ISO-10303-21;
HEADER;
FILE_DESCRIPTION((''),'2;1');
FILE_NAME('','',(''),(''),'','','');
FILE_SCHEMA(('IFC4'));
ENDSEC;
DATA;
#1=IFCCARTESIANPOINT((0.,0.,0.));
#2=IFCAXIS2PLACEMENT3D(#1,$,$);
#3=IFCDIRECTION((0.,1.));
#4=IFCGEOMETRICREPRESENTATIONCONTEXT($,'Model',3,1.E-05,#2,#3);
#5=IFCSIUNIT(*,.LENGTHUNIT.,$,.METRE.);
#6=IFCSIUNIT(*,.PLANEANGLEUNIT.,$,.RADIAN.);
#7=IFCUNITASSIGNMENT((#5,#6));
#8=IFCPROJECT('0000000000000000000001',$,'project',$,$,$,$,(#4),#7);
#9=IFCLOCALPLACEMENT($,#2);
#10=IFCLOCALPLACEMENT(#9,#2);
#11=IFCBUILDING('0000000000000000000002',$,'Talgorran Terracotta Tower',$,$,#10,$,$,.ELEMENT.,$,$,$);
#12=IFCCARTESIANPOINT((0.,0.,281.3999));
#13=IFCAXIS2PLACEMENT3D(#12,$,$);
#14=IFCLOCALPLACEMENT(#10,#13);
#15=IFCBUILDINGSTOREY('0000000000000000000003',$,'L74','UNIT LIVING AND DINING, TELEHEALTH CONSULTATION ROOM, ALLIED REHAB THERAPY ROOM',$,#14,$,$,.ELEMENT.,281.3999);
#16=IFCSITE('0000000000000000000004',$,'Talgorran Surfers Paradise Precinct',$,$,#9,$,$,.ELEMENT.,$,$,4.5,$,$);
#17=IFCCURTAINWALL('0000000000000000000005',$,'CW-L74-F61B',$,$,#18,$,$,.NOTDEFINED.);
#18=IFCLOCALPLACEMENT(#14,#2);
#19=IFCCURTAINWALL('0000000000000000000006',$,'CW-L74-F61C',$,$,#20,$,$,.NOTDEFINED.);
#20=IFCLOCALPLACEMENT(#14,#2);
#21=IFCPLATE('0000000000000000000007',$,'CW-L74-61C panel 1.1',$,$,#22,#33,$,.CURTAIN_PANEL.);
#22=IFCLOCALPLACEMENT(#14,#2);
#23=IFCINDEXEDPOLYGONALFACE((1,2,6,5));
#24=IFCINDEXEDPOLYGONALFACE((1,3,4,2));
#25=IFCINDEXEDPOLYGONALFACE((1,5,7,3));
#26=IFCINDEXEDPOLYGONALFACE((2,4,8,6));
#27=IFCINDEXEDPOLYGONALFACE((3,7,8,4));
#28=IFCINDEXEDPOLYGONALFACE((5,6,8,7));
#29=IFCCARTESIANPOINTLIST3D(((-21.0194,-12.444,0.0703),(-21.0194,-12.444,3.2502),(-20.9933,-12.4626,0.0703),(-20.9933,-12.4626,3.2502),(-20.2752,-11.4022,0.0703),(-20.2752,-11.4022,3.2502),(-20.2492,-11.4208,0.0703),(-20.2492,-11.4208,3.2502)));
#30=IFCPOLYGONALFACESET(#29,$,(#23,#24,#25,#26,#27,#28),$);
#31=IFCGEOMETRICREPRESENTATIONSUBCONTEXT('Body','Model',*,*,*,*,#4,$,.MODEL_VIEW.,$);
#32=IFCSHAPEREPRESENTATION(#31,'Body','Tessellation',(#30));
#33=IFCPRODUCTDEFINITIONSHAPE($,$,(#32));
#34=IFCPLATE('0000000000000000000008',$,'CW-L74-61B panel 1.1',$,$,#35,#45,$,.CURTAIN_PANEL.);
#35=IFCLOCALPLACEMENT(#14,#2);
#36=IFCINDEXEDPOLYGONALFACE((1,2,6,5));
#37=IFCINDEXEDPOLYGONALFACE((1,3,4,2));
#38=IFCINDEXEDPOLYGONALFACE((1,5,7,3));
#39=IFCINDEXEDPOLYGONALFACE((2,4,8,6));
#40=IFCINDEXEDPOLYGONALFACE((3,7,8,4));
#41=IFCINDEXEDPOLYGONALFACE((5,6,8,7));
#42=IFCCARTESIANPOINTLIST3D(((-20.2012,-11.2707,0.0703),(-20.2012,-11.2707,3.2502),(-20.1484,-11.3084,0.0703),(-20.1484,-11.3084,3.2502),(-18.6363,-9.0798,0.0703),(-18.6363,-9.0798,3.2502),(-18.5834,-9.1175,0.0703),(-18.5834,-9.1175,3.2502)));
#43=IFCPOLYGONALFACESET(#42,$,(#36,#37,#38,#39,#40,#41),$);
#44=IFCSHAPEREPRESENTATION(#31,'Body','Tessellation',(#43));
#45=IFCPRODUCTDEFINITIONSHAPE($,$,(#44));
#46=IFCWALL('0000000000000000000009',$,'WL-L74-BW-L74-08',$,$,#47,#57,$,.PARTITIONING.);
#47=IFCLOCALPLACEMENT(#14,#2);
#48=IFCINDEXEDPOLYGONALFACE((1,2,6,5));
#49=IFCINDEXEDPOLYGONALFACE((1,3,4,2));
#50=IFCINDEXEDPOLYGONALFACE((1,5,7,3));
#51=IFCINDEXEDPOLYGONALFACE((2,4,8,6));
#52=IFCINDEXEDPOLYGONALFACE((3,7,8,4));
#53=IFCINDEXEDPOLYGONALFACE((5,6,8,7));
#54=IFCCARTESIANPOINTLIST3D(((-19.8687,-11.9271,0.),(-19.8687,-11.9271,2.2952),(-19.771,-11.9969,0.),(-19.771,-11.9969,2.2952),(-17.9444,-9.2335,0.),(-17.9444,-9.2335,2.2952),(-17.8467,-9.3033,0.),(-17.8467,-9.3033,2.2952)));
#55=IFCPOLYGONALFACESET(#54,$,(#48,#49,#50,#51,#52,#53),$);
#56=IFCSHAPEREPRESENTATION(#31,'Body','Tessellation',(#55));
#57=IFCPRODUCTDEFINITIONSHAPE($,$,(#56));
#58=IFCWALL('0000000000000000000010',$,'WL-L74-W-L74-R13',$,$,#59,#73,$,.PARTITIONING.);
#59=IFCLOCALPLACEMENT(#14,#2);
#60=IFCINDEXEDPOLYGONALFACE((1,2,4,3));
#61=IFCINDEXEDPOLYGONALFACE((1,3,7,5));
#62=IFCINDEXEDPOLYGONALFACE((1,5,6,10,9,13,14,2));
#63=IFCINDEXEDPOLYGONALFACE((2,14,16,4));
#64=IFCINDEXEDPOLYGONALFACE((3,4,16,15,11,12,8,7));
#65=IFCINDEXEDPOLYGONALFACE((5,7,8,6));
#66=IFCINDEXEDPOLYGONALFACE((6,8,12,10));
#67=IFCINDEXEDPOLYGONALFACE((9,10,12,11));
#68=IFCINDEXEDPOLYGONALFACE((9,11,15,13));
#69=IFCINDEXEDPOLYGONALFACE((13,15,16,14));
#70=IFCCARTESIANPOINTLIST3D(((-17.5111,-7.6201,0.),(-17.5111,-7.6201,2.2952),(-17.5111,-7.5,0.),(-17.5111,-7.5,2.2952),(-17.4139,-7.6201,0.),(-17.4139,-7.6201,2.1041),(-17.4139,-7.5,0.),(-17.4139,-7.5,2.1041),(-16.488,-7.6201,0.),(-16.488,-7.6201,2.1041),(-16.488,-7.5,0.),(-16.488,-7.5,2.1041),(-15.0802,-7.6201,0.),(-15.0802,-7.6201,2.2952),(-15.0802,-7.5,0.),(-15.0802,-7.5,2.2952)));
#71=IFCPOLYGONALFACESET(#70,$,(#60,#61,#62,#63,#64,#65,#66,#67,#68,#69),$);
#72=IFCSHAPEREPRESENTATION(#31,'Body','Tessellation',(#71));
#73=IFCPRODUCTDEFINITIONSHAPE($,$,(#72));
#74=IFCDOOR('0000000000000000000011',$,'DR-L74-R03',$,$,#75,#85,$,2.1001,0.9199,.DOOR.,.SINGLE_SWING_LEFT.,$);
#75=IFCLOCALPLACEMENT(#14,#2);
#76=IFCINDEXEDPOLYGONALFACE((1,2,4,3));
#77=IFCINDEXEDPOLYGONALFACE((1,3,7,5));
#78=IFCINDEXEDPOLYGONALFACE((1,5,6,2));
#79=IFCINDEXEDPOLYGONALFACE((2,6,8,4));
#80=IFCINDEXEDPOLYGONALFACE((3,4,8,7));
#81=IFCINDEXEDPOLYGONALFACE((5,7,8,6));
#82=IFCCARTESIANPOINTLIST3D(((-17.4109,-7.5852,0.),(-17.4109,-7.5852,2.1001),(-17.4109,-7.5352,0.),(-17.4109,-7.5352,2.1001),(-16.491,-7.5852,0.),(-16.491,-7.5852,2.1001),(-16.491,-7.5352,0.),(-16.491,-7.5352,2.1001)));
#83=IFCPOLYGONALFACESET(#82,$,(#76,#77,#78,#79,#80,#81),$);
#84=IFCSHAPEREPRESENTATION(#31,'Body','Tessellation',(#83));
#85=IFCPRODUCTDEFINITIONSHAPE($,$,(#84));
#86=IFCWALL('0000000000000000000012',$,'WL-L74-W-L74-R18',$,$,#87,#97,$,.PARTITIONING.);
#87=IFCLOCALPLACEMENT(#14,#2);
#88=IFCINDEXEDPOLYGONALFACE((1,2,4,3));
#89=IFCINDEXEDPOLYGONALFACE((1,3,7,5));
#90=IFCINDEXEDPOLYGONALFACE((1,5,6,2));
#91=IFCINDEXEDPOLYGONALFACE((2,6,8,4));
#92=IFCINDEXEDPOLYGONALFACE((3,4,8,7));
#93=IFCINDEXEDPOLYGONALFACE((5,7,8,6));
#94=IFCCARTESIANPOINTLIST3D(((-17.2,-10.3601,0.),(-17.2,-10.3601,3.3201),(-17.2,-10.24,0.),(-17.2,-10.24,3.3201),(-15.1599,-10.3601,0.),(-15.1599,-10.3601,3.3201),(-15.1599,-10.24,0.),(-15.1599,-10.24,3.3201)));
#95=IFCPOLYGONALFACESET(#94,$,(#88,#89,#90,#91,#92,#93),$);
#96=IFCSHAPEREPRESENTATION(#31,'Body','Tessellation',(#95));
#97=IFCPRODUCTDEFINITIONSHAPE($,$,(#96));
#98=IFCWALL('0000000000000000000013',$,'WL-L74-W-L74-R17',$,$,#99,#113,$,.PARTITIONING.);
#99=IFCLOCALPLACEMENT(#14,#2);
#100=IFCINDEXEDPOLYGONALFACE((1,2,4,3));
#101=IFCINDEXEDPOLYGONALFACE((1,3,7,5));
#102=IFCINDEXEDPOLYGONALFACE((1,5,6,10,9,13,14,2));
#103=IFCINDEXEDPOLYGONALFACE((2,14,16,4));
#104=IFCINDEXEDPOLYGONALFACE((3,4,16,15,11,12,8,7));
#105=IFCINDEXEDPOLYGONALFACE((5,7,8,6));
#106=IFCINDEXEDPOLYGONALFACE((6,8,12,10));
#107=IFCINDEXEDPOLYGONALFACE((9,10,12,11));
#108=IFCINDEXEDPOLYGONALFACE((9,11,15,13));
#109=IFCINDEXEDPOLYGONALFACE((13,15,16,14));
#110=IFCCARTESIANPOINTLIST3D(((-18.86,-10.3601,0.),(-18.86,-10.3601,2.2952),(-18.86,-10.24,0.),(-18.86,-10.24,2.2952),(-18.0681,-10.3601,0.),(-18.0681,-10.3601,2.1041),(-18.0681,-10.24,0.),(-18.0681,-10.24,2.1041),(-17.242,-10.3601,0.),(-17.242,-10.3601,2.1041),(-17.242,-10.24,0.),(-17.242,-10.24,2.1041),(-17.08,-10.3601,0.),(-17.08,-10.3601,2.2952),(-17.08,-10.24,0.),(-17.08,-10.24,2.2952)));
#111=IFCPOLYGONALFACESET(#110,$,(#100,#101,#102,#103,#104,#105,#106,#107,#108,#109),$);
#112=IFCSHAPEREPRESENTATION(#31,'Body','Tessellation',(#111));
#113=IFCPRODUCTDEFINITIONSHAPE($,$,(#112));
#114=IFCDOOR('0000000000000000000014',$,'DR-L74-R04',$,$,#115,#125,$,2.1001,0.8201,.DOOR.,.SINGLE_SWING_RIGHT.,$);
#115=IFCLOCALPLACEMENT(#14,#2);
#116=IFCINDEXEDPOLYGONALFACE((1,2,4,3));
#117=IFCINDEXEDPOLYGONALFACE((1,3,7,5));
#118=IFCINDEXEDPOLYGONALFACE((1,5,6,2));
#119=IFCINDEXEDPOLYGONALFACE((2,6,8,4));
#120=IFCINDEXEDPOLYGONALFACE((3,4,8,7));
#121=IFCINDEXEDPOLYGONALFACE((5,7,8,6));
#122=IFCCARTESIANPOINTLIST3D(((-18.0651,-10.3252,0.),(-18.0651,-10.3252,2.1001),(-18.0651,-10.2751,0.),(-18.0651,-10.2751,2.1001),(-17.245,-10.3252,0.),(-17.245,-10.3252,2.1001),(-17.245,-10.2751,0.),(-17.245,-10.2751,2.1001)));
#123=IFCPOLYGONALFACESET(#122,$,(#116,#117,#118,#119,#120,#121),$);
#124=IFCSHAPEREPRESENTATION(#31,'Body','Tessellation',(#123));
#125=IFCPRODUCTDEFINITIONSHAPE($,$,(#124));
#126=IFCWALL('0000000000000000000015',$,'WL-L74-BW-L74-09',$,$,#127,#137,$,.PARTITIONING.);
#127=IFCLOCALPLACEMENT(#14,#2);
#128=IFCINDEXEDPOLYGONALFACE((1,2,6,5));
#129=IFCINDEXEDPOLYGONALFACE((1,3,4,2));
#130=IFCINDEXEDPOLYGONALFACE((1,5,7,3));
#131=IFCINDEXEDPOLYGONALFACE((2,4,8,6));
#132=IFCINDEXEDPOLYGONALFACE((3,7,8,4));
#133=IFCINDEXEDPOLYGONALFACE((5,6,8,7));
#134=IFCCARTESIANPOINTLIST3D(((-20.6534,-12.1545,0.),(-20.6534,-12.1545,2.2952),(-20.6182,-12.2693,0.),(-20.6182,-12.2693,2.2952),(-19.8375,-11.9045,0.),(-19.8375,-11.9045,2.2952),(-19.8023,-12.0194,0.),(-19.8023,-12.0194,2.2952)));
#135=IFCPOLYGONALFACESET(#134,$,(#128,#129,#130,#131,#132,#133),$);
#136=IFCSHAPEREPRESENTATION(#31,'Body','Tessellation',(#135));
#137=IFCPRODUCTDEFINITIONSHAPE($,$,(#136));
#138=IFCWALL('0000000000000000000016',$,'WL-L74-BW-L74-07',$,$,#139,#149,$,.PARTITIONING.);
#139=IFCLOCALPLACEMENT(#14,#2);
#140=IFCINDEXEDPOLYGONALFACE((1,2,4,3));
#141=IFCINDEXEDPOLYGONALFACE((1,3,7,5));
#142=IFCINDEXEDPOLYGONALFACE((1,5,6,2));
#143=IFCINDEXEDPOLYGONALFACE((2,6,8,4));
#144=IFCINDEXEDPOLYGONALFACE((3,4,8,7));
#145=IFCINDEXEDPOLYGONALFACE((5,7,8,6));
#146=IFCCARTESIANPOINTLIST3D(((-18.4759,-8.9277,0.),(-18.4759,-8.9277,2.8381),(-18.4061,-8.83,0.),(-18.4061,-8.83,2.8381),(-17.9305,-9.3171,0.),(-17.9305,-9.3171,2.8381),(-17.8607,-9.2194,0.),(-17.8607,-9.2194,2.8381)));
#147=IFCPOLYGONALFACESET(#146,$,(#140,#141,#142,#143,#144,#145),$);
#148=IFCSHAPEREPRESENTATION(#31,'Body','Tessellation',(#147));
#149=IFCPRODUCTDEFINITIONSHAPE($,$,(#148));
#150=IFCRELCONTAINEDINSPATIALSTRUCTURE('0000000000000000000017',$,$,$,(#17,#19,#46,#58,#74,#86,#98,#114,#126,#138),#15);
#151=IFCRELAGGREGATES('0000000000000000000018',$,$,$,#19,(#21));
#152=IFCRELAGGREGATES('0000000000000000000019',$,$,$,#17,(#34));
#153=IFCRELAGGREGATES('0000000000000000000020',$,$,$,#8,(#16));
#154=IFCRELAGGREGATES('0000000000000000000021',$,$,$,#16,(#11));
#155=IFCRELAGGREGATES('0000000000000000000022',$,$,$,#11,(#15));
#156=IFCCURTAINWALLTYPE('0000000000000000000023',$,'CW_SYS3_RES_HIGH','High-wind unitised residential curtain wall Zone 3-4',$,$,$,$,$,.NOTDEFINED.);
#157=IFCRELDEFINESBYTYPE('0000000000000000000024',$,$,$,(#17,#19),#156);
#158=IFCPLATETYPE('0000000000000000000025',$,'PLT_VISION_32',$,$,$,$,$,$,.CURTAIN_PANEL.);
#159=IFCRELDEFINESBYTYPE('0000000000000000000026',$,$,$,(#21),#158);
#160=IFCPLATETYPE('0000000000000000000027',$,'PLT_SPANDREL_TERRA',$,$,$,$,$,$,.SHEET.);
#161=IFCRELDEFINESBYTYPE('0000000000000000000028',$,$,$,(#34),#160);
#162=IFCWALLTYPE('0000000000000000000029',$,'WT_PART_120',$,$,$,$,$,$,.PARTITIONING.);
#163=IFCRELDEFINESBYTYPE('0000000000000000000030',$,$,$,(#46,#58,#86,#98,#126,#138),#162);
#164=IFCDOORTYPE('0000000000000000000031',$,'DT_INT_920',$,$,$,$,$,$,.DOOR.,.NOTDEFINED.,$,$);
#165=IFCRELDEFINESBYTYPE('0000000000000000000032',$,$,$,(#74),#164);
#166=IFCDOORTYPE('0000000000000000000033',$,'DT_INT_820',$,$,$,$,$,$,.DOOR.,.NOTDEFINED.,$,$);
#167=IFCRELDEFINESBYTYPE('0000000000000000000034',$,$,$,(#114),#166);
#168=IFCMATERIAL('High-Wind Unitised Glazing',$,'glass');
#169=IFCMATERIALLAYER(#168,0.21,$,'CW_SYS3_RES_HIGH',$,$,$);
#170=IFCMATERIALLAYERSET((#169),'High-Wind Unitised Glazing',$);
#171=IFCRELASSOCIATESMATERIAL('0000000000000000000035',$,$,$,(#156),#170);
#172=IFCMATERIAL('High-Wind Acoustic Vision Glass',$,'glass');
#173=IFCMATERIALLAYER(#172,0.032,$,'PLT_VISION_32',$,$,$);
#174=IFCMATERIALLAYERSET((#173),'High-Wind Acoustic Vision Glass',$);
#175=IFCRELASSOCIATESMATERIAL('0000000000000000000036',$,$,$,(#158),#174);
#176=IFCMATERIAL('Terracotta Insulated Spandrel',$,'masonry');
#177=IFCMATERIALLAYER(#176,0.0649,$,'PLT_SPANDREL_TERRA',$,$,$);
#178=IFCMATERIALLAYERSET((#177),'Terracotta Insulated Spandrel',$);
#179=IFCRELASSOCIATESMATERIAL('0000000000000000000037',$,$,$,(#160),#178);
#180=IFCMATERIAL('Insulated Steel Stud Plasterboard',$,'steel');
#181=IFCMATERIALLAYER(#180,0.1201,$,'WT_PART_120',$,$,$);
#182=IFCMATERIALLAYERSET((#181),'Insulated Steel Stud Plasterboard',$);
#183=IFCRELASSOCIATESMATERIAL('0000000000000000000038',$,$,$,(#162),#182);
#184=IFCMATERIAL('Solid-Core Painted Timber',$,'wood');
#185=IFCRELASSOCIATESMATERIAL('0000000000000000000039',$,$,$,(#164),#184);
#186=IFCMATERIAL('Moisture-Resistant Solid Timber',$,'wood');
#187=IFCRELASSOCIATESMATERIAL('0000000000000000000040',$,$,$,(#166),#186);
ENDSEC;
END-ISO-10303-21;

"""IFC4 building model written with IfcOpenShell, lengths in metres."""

from ifc_helpers import new_model, si_unit, direction, frame, frame_2d, origin, origin_2d, place, context, subcontext, project, spatial, rectangle, extrude, source, transform, mapped, material, layer, layer_set, type_object, type_shapes, element, fill, aggregate, save


model = new_model("IFC4")

# Units and contexts
model_context = context("Model", 3, precision=1e-05, world=origin(), true_north=direction((0.0, 1.0)))
body_context = subcontext(model_context, "Body", "Model", "MODEL_VIEW")
ifc_project = project(units=[si_unit("LENGTHUNIT", "METRE"), si_unit("PLANEANGLEUNIT", "RADIAN")], contexts=[model_context])

# Site, building, storey
site_placement = place(None, origin())
site = spatial("IfcSite", under=ifc_project, at=site_placement, Name="Talgorran Surfers Paradise Precinct", CompositionType="ELEMENT", RefElevation=4.5)
building_placement = place(site_placement, origin())
building = spatial("IfcBuilding", under=site, at=building_placement, Name="Talgorran Terracotta Tower", CompositionType="ELEMENT")
storey_placement = place(building_placement, frame((0.0, 0.0, 281.3999)))
storey = spatial("IfcBuildingStorey", under=building, at=storey_placement, Name="L74", Description="UNIT LIVING AND DINING, TELEHEALTH CONSULTATION ROOM, ALLIED REHAB THERAPY ROOM", CompositionType="ELEMENT", Elevation=281.3999)

# Shared definitions
ifc_material_1 = material(Name="High-Wind Unitised Glazing", Category="glass")
ifc_layer_1 = layer(ifc_material_1, 0.21, Name="CW_SYS3_RES_HIGH")
ifc_layer_set_1 = layer_set([ifc_layer_1], Name="High-Wind Unitised Glazing")
curtain_wall_type = type_object("IfcCurtainWallType", Name="CW_SYS3_RES_HIGH", Description="High-wind unitised residential curtain wall Zone 3-4", PredefinedType="NOTDEFINED", material=ifc_layer_set_1)

# Curtain walls
curtain_wall_1_placement = place(storey_placement, origin())
curtain_wall_1 = element("IfcCurtainWall", 1, at=curtain_wall_1_placement, inside=storey, type_object=curtain_wall_type, Name="CW-L74-F61B", PredefinedType="NOTDEFINED")
curtain_wall_2_placement = place(storey_placement, origin())
curtain_wall_2 = element("IfcCurtainWall", 2, at=curtain_wall_2_placement, inside=storey, type_object=curtain_wall_type, Name="CW-L74-F61C", PredefinedType="NOTDEFINED")

# Plates
ifc_material_2 = material(Name="High-Wind Acoustic Vision Glass", Category="glass")
ifc_layer_2 = layer(ifc_material_2, 0.032, Name="PLT_VISION_32")
ifc_layer_set_2 = layer_set([ifc_layer_2], Name="High-Wind Acoustic Vision Glass")
plate_type_1 = type_object("IfcPlateType", Name="PLT_VISION_32", PredefinedType="CURTAIN_PANEL", material=ifc_layer_set_2)
shared_shape_1 = source(origin(), body_context, "Body", "SweptSolid", [
    extrude(rectangle(XDim=1.2803, YDim=0.032, at=origin_2d()), origin(), (0.0, 0.0, 1.0), 3.1799),
])
type_shapes(plate_type_1, [shared_shape_1])
plate_1_placement = place(storey_placement, frame((-20.6343, -11.9324, 0.0703), z_axis=(0.0, 0.0, 1.0), x_axis=(-0.581252, -0.813724, 0.0)))
plate_1 = element("IfcPlate", 3, at=plate_1_placement, type_object=plate_type_1, Name="CW-L74-61C panel 1.1", PredefinedType="CURTAIN_PANEL", context=body_context, shape_type="MappedRepresentation", body=[
    mapped(shared_shape_1, transform((0.0, 0.0, 0.0), scale=1.0)),
])
aggregate(curtain_wall_2, [plate_1])
ifc_material_3 = material(Name="Terracotta Insulated Spandrel", Category="masonry")
ifc_layer_3 = layer(ifc_material_3, 0.0649, Name="PLT_SPANDREL_TERRA")
ifc_layer_set_3 = layer_set([ifc_layer_3], Name="Terracotta Insulated Spandrel")
plate_type_2 = type_object("IfcPlateType", Name="PLT_SPANDREL_TERRA", PredefinedType="SHEET", material=ifc_layer_set_3)
shared_shape_2 = source(origin(), body_context, "Body", "SweptSolid", [
    extrude(rectangle(XDim=2.6924, YDim=0.0649, at=origin_2d()), origin(), (0.0, 0.0, 1.0), 3.1799),
])
type_shapes(plate_type_2, [shared_shape_2])
plate_2_placement = place(storey_placement, frame((-19.3923, -10.1941, 0.0703), z_axis=(0.0, 0.0, 1.0), x_axis=(-0.581242, -0.813731, 0.0)))
plate_2 = element("IfcPlate", 4, at=plate_2_placement, type_object=plate_type_2, Name="CW-L74-61B panel 1.1", PredefinedType="CURTAIN_PANEL", context=body_context, shape_type="MappedRepresentation", body=[
    mapped(shared_shape_2, transform((0.0, 0.0, 0.0), scale=1.0)),
])
aggregate(curtain_wall_1, [plate_2])

# Wall
ifc_material_4 = material(Name="Insulated Steel Stud Plasterboard", Category="steel")
ifc_layer_4 = layer(ifc_material_4, 0.1201, Name="WT_PART_120")
ifc_layer_set_4 = layer_set([ifc_layer_4], Name="Insulated Steel Stud Plasterboard")
wall_type = type_object("IfcWallType", Name="WT_PART_120", PredefinedType="PARTITIONING", material=ifc_layer_set_4)
wall_1_placement = place(storey_placement, frame((-17.8955, -9.2683, 0.0), z_axis=(0.0, 0.0, 1.0), x_axis=(-0.581301, -0.813689, 0.0)))
element("IfcWall", 5, at=wall_1_placement, inside=storey, type_object=wall_type, Name="WL-L74-BW-L74-08", PredefinedType="PARTITIONING", context=body_context, shape_type="SweptSolid", body=[
    extrude(rectangle(XDim=3.3103, YDim=0.1201, at=frame_2d((1.6553, 0.0))), origin(), (0.0, 0.0, 1.0), 2.2952),
])

# Wall, opening, door
wall_2_placement = place(storey_placement, frame((-17.511, -7.5601, 0.0), z_axis=(0.0, 0.0, 1.0), x_axis=(1.0, 0.0, 0.0)))
wall_2 = element("IfcWall", 6, at=wall_2_placement, inside=storey, type_object=wall_type, Name="WL-L74-W-L74-R13", PredefinedType="PARTITIONING", context=body_context, shape_type="SweptSolid", body=[
    extrude(rectangle(XDim=2.4309, YDim=0.1201, at=frame_2d((1.2153, 0.0))), origin(), (0.0, 0.0, 1.0), 2.2952),
])
opening_1_placement = place(wall_2_placement, frame((0.1001, 0.0, 0.0)))
opening_1 = element("IfcOpeningElement", 7, at=opening_1_placement, cuts=wall_2, PredefinedType="OPENING", context=body_context, shape_type="SweptSolid", body=[
    extrude(rectangle(XDim=0.9259, YDim=2.1041, at=frame_2d((0.46, 1.052))), frame((0.0, 0.0701, 0.0), z_axis=(0.0, -1.0, 0.0), x_axis=(1.0, 0.0, 0.0)), (0.0, 0.0, 1.0), 0.1401),
])
ifc_material_5 = material(Name="Solid-Core Painted Timber", Category="wood")
door_type_1 = type_object("IfcDoorType", Name="DT_INT_920", OperationType="NOTDEFINED", PredefinedType="DOOR", material=ifc_material_5)
door_1_placement = place(opening_1_placement, origin())
door_1 = element("IfcDoor", 8, at=door_1_placement, inside=storey, type_object=door_type_1, Name="DR-L74-R03", OperationType="SINGLE_SWING_LEFT", OverallHeight=2.1001, OverallWidth=0.9199, PredefinedType="DOOR", context=body_context, shape_type="SweptSolid", body=[
    extrude(rectangle(XDim=0.9199, YDim=2.1001, at=frame_2d((0.46, 1.05))), frame((0.0, 0.0249, 0.0), z_axis=(0.0, -1.0, 0.0), x_axis=(1.0, 0.0, 0.0)), (0.0, 0.0, 1.0), 0.05),
])
fill(opening_1, door_1)

# Wall
wall_3_placement = place(storey_placement, frame((-17.2, -10.3, 0.0), z_axis=(0.0, 0.0, 1.0), x_axis=(1.0, 0.0, 0.0)))
element("IfcWall", 9, at=wall_3_placement, inside=storey, type_object=wall_type, Name="WL-L74-W-L74-R18", PredefinedType="PARTITIONING", context=body_context, shape_type="SweptSolid", body=[
    extrude(rectangle(XDim=2.04, YDim=0.1201, at=frame_2d((1.02, 0.0))), origin(), (0.0, 0.0, 1.0), 3.3201),
])

# Wall, opening, door
wall_4_placement = place(storey_placement, frame((-18.8601, -10.3, 0.0), z_axis=(0.0, 0.0, 1.0), x_axis=(1.0, 0.0, 0.0)))
wall_4 = element("IfcWall", 10, at=wall_4_placement, inside=storey, type_object=wall_type, Name="WL-L74-W-L74-R17", PredefinedType="PARTITIONING", context=body_context, shape_type="SweptSolid", body=[
    extrude(rectangle(XDim=1.78, YDim=0.1201, at=frame_2d((0.8901, 0.0))), origin(), (0.0, 0.0, 1.0), 2.2952),
])
opening_2_placement = place(wall_4_placement, frame((0.7949, 0.0, 0.0)))
opening_2 = element("IfcOpeningElement", 11, at=opening_2_placement, cuts=wall_4, PredefinedType="OPENING", context=body_context, shape_type="SweptSolid", body=[
    extrude(rectangle(XDim=0.8261, YDim=2.1041, at=frame_2d((0.4102, 1.052))), frame((0.0, 0.0701, 0.0), z_axis=(0.0, -1.0, 0.0), x_axis=(1.0, 0.0, 0.0)), (0.0, 0.0, 1.0), 0.1401),
])
ifc_material_6 = material(Name="Moisture-Resistant Solid Timber", Category="wood")
door_type_2 = type_object("IfcDoorType", Name="DT_INT_820", OperationType="NOTDEFINED", PredefinedType="DOOR", material=ifc_material_6)
door_2_placement = place(opening_2_placement, origin())
door_2 = element("IfcDoor", 12, at=door_2_placement, inside=storey, type_object=door_type_2, Name="DR-L74-R04", OperationType="SINGLE_SWING_RIGHT", OverallHeight=2.1001, OverallWidth=0.8201, PredefinedType="DOOR", context=body_context, shape_type="SweptSolid", body=[
    extrude(rectangle(XDim=0.8201, YDim=2.1001, at=frame_2d((0.4102, 1.05))), frame((0.0, 0.0249, 0.0), z_axis=(0.0, -1.0, 0.0), x_axis=(1.0, 0.0, 0.0)), (0.0, 0.0, 1.0), 0.05),
])
fill(opening_2, door_2)

# Walls
wall_5_placement = place(storey_placement, frame((-19.8198, -11.9619, 0.0), z_axis=(0.0, 0.0, 1.0), x_axis=(-0.956125, -0.29296, 0.0)))
element("IfcWall", 13, at=wall_5_placement, inside=storey, type_object=wall_type, Name="WL-L74-BW-L74-09", PredefinedType="PARTITIONING", context=body_context, shape_type="SweptSolid", body=[
    extrude(rectangle(XDim=0.8533, YDim=0.1201, at=frame_2d((0.4268, 0.0))), origin(), (0.0, 0.0, 1.0), 2.2952),
])
wall_6_placement = place(storey_placement, frame((-18.4409, -8.8789, 0.0), z_axis=(0.0, 0.0, 1.0), x_axis=(0.813857, -0.581066, 0.0)))
element("IfcWall", 14, at=wall_6_placement, inside=storey, type_object=wall_type, Name="WL-L74-BW-L74-07", PredefinedType="PARTITIONING", context=body_context, shape_type="SweptSolid", body=[
    extrude(rectangle(XDim=0.6702, YDim=0.1201, at=frame_2d((0.335, 0.0))), origin(), (0.0, 0.0, 1.0), 2.8381),
])

save(model, "model.ifc")
